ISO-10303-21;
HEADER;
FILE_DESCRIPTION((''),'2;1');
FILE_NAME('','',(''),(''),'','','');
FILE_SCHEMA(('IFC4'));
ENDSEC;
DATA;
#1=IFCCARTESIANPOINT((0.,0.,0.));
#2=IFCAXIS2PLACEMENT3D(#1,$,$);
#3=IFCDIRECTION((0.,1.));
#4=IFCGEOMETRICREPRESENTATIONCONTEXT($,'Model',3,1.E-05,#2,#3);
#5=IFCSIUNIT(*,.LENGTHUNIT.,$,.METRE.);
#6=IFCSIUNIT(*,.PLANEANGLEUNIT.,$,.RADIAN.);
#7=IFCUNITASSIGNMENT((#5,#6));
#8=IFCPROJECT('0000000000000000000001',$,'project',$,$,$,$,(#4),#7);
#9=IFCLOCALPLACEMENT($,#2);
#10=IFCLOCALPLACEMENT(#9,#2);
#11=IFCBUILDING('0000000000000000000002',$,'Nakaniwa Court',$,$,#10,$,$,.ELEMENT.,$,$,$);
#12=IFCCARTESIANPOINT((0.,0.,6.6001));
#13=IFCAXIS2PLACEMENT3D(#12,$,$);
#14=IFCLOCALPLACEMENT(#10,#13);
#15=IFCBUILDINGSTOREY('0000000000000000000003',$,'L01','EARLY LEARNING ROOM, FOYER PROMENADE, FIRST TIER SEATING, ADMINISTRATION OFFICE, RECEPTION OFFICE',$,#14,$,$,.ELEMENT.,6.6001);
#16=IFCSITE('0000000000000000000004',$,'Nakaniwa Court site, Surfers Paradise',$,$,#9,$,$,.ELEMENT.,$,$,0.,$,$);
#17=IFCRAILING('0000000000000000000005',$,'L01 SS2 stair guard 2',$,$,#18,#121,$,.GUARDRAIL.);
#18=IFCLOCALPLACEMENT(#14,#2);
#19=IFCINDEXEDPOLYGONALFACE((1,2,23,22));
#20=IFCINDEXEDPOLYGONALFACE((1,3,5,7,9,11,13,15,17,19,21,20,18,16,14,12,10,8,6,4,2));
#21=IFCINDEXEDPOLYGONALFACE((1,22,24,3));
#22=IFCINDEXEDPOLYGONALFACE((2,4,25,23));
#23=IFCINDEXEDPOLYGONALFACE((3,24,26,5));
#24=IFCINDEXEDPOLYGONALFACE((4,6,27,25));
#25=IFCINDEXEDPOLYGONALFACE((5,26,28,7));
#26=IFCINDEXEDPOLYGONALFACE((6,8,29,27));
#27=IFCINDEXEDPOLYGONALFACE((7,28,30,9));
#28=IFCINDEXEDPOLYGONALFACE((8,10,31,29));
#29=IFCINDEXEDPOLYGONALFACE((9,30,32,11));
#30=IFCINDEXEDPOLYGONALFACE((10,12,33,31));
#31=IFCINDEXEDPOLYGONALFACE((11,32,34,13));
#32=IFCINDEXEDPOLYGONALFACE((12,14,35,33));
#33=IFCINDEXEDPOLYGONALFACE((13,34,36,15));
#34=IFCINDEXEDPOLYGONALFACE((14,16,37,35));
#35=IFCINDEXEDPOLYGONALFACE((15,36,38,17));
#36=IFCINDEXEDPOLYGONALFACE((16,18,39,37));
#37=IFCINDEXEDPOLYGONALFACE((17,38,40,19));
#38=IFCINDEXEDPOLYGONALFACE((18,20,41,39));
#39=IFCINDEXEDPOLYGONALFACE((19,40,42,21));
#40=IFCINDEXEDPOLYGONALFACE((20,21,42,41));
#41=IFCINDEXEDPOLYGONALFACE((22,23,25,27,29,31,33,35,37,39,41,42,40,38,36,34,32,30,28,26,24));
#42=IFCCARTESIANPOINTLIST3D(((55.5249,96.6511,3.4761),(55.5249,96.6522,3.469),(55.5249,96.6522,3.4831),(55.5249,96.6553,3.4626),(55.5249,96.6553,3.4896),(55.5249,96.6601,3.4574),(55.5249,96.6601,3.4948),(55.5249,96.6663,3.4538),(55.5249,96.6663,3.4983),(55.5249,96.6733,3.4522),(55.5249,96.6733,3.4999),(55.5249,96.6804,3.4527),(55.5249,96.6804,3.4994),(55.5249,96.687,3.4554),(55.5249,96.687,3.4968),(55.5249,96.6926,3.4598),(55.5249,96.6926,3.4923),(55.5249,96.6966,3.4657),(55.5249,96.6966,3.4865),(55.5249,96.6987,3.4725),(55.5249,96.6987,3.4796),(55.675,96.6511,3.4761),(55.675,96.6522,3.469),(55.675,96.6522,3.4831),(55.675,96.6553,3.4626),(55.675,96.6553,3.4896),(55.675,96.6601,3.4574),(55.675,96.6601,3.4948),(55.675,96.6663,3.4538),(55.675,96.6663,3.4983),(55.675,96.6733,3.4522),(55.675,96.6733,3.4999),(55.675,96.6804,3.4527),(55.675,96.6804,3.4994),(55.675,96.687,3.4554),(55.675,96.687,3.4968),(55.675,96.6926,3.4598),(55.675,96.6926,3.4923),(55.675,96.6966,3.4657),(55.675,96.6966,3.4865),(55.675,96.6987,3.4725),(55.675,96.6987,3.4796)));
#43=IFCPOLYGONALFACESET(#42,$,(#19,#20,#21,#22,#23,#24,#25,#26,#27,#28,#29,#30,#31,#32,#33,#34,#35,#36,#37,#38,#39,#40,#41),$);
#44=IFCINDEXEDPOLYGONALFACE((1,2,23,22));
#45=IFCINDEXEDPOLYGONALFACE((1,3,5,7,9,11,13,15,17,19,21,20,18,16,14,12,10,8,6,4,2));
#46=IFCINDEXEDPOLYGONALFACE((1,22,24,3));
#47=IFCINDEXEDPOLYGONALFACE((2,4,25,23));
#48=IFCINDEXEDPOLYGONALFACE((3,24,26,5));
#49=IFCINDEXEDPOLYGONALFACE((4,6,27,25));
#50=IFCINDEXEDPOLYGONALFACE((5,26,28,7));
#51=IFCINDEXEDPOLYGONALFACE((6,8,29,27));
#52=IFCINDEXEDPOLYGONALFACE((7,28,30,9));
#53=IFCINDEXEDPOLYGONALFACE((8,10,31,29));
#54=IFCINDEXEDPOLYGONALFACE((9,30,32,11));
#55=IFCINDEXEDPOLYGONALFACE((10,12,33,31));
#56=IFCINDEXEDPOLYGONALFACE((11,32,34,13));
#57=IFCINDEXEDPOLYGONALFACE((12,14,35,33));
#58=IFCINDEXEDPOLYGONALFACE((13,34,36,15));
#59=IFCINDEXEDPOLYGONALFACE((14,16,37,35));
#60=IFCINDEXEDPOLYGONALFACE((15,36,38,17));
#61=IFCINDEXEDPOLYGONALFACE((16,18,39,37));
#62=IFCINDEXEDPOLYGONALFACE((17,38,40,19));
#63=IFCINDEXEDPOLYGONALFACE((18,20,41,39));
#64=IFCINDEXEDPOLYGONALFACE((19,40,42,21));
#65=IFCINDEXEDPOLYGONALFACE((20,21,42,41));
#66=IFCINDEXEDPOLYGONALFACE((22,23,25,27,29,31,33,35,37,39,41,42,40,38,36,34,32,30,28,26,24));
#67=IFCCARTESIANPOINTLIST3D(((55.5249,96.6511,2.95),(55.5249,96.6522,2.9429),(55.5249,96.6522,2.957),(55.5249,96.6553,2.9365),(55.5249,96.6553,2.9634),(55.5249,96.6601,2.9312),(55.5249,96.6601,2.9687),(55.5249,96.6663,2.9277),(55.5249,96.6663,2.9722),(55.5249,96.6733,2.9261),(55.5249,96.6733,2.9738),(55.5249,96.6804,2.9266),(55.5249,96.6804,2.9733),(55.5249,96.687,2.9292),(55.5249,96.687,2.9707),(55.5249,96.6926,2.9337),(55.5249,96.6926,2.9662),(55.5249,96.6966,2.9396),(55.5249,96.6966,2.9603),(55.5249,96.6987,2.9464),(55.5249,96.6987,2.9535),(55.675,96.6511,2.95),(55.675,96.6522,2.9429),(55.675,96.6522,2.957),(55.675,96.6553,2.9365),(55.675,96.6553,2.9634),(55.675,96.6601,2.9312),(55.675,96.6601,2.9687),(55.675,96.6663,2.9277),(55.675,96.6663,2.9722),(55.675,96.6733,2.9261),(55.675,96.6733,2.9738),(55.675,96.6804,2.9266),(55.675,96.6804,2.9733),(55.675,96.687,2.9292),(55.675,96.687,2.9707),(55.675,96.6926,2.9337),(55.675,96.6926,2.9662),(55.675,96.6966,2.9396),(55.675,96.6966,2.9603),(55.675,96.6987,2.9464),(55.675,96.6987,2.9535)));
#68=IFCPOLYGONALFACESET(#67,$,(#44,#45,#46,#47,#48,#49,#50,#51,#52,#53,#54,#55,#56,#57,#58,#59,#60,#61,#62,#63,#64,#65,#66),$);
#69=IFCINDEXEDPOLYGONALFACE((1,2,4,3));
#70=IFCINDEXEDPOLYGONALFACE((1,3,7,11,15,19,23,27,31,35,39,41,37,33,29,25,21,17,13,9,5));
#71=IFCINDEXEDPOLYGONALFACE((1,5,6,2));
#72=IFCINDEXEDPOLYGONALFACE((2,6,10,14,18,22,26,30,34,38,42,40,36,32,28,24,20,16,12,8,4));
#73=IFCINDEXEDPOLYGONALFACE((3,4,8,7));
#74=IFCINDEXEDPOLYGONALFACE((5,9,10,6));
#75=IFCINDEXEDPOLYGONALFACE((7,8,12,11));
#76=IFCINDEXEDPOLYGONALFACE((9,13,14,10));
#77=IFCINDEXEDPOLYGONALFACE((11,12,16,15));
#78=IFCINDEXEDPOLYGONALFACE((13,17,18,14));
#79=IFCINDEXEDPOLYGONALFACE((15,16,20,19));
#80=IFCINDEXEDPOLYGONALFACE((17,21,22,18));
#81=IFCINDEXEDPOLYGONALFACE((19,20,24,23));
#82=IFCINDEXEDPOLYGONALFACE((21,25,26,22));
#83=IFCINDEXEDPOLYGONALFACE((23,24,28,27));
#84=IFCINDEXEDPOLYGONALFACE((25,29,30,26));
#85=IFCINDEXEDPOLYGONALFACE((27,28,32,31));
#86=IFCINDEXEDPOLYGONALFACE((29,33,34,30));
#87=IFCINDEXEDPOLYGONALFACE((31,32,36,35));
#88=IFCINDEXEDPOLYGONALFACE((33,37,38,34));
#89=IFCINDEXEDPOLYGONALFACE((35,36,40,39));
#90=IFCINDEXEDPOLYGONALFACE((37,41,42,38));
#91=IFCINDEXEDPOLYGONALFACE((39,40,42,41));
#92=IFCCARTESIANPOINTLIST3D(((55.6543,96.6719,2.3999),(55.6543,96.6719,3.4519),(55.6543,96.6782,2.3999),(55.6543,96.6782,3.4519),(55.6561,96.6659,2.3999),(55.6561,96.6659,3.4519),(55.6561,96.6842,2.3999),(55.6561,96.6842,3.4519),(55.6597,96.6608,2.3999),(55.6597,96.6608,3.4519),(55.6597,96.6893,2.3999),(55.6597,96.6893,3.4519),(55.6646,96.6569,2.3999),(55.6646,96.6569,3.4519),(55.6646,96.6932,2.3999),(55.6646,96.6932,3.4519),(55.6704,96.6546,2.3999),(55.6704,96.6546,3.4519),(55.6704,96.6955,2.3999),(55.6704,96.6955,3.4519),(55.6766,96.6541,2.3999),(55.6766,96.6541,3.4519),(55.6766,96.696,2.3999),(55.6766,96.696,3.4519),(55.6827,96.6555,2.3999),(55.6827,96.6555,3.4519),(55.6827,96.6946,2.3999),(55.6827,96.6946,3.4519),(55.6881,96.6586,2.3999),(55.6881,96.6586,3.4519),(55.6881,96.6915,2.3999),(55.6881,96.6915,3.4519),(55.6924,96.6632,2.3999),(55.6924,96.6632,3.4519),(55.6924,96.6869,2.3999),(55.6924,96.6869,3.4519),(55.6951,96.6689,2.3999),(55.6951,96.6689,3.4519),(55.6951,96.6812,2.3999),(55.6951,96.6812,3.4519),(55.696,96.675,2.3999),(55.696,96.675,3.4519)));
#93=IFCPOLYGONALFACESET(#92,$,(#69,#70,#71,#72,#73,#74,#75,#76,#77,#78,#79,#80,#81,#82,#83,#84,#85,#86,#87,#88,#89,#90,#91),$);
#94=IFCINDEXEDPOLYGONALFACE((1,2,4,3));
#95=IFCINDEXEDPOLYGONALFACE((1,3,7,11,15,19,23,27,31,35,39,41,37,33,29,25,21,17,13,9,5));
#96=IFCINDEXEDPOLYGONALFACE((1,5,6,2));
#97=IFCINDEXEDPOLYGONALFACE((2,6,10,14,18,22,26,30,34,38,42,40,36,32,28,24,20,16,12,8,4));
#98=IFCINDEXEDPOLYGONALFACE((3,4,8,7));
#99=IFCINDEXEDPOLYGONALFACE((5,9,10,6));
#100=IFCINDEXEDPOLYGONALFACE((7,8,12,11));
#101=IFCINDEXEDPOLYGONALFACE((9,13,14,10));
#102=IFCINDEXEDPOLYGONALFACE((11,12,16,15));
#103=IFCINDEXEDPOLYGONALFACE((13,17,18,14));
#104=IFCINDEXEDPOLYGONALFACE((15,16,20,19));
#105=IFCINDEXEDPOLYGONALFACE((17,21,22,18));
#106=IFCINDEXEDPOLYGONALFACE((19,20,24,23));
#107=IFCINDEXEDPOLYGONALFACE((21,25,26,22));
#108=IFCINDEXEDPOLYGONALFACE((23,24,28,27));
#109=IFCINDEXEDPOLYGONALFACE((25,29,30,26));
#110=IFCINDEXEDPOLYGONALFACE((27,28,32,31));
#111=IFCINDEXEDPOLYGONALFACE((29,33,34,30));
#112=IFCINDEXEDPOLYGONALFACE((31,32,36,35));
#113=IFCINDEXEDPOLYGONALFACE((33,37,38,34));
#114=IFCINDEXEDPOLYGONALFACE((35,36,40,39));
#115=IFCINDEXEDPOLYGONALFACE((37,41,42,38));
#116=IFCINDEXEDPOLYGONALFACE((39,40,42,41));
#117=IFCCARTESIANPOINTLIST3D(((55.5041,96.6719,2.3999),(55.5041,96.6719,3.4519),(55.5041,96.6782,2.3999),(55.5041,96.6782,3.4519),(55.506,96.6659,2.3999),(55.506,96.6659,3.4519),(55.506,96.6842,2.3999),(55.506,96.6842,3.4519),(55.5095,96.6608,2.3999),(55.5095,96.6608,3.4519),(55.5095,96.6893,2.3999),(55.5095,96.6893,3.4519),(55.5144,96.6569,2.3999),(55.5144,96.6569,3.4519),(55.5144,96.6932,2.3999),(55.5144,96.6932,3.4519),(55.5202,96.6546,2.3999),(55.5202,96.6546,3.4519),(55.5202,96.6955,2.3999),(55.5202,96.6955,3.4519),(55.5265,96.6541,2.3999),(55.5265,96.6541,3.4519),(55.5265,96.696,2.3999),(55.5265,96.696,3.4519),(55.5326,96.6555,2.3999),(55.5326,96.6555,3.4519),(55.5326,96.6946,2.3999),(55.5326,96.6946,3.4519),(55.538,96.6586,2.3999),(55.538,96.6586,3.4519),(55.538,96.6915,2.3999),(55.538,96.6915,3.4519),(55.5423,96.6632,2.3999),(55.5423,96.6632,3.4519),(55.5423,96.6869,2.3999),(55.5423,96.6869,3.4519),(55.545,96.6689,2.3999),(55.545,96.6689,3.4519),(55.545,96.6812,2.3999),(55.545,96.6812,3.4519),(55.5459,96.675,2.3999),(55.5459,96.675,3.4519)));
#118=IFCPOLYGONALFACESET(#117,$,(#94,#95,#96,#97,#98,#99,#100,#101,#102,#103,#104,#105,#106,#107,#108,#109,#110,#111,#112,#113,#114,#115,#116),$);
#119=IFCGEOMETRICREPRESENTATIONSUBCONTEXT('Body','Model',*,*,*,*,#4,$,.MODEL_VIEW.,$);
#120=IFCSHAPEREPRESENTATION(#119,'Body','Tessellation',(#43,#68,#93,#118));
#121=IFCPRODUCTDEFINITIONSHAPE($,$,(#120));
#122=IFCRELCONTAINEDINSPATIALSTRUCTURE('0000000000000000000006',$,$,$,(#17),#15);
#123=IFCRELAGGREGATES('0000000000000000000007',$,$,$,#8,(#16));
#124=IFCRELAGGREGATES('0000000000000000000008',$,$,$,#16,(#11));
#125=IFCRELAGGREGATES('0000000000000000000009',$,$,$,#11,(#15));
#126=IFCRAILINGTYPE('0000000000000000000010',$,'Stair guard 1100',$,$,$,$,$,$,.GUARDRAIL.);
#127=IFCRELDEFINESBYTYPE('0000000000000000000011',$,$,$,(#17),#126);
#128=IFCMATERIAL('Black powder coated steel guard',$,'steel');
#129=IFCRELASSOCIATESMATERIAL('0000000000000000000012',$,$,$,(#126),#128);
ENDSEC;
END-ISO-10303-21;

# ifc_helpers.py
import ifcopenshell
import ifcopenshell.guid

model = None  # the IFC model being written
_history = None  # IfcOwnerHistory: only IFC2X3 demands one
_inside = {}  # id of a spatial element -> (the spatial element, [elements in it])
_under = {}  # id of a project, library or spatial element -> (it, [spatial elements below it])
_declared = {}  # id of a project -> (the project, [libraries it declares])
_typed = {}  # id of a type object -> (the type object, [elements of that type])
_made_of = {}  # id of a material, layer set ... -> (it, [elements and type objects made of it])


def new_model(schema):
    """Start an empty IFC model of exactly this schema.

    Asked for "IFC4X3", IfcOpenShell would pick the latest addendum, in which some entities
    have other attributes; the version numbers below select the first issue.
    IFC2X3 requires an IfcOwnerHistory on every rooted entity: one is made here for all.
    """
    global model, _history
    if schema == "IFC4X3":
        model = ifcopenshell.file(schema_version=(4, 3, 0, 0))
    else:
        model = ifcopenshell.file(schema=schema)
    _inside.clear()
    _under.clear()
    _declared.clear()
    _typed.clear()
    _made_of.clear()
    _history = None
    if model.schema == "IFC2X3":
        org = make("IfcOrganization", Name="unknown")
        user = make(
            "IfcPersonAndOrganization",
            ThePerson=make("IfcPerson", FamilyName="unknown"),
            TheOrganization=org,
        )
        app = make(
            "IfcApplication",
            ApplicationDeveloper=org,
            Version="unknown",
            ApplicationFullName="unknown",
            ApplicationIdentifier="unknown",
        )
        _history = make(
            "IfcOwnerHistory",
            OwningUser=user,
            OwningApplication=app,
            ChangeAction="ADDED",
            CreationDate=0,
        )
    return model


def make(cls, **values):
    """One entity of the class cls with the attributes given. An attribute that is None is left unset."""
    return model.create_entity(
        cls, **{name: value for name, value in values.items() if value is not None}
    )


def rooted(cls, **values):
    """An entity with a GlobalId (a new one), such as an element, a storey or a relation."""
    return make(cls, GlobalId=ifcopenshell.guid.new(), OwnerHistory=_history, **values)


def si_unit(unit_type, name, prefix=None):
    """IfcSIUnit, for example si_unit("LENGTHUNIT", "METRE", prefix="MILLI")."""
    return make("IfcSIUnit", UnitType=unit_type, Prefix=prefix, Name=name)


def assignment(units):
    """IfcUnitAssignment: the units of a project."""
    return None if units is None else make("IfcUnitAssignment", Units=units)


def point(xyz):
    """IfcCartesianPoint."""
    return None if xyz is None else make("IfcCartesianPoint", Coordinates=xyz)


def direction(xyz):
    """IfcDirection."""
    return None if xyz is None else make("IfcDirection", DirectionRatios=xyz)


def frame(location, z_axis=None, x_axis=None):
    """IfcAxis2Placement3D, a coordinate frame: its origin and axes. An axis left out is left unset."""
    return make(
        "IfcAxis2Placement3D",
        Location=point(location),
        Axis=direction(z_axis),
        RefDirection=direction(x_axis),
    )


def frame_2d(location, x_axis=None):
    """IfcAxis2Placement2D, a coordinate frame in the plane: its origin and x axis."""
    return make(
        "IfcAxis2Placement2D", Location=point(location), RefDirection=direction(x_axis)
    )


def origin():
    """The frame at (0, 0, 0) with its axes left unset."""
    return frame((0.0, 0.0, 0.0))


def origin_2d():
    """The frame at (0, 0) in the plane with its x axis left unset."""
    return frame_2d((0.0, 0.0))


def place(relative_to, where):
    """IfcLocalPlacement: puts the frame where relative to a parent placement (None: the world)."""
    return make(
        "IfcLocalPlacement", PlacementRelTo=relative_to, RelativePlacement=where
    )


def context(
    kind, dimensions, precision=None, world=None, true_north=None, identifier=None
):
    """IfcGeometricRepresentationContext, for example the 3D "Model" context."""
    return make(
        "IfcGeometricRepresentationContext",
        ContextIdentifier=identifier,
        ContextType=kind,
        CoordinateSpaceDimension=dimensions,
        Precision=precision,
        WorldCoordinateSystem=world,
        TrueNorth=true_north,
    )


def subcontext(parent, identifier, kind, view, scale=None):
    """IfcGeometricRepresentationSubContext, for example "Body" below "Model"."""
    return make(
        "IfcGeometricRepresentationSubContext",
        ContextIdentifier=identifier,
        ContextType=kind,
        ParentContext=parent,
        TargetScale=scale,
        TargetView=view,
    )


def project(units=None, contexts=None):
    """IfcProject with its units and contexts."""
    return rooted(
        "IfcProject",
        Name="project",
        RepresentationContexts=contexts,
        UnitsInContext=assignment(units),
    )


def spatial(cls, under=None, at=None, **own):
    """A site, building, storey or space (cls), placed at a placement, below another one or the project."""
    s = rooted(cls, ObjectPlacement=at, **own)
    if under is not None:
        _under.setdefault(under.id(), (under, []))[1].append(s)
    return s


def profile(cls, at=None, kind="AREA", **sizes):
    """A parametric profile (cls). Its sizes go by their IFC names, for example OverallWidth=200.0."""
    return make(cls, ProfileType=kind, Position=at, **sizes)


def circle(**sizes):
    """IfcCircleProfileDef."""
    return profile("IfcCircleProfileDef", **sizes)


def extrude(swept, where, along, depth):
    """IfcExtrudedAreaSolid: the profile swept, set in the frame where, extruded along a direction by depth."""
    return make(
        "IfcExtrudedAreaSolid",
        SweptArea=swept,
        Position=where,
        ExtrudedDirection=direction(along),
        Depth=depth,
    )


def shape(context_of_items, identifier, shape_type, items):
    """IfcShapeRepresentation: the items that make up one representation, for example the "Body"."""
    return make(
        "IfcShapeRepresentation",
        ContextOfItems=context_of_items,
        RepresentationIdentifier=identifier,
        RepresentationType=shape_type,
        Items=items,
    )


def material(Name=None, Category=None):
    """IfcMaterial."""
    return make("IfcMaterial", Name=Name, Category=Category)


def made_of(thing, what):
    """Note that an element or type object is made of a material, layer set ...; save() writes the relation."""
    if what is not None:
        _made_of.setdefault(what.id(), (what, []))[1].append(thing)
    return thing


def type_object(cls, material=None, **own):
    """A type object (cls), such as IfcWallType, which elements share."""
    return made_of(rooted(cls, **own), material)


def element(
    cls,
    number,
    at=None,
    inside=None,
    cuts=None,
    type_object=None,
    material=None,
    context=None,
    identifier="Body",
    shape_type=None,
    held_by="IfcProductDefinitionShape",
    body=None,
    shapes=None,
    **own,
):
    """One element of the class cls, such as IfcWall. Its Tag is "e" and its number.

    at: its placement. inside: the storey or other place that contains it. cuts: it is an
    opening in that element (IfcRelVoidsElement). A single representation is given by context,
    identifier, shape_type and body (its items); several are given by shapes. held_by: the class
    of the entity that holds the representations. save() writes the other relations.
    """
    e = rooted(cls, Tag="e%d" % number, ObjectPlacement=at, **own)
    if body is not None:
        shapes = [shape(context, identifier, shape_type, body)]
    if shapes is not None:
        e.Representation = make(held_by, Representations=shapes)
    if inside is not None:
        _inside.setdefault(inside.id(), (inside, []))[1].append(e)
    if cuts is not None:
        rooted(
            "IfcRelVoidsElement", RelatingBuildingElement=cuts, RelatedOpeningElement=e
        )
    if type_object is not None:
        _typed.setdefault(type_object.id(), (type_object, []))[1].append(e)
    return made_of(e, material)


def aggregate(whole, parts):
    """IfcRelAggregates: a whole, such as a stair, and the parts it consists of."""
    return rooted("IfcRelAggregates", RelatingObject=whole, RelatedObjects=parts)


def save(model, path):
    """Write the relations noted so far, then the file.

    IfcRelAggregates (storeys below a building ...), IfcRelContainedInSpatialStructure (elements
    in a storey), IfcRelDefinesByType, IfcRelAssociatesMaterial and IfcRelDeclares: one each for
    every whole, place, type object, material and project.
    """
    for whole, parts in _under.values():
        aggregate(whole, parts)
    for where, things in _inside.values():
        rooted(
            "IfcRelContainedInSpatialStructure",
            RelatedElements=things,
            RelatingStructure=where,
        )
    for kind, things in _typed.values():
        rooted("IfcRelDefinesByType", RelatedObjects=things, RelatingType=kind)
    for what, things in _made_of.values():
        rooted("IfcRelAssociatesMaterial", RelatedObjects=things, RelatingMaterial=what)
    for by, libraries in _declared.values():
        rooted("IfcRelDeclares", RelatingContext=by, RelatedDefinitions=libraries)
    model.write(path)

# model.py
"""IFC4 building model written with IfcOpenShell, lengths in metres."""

from ifc_helpers import new_model, si_unit, direction, frame, origin, origin_2d, place, context, subcontext, project, spatial, circle, extrude, material, type_object, element, save


model = new_model("IFC4")

# Units and contexts
model_context = context("Model", 3, precision=1e-05, world=origin(), true_north=direction((0.0, 1.0)))
body_context = subcontext(model_context, "Body", "Model", "MODEL_VIEW")
ifc_project = project(units=[si_unit("LENGTHUNIT", "METRE"), si_unit("PLANEANGLEUNIT", "RADIAN")], contexts=[model_context])

# Site, building, storey
site_placement = place(None, origin())
site = spatial("IfcSite", under=ifc_project, at=site_placement, Name="Nakaniwa Court site, Surfers Paradise", CompositionType="ELEMENT", RefElevation=0.0)
building_placement = place(site_placement, origin())
building = spatial("IfcBuilding", under=site, at=building_placement, Name="Nakaniwa Court", CompositionType="ELEMENT")
storey_placement = place(building_placement, frame((0.0, 0.0, 6.6001)))
storey = spatial("IfcBuildingStorey", under=building, at=storey_placement, Name="L01", Description="EARLY LEARNING ROOM, FOYER PROMENADE, FIRST TIER SEATING, ADMINISTRATION OFFICE, RECEPTION OFFICE", CompositionType="ELEMENT", Elevation=6.6001)

# Railing
ifc_material_1 = material(Name="Black powder coated steel guard", Category="steel")
railing_type_1 = type_object("IfcRailingType", Name="Stair guard 1100", PredefinedType="GUARDRAIL", material=ifc_material_1)
railing_1_placement = place(storey_placement, frame((55.675, 96.675, 2.3999)))
element("IfcRailing", 1, at=railing_1_placement, inside=storey, type_object=railing_type_1, Name="L01 SS2 stair guard 2", PredefinedType="GUARDRAIL", context=body_context, shape_type="SweptSolid", body=[
    extrude(circle(Radius=0.0239, at=origin_2d()), frame((0.0, 0.0, 1.0762), z_axis=(-1.0, 0.0, 0.0), x_axis=(0.0, -1.0, 0.0)), (0.0, 0.0, 1.0), 0.1501),
    extrude(circle(Radius=0.0239, at=origin_2d()), frame((0.0, 0.0, 0.55), z_axis=(-1.0, 0.0, 0.0), x_axis=(0.0, -1.0, 0.0)), (0.0, 0.0, 1.0), 0.1501),
    extrude(circle(Radius=0.021, at=origin_2d()), origin(), (0.0, 0.0, 1.0), 1.052),
    extrude(circle(Radius=0.021, at=origin_2d()), frame((-0.1501, 0.0, 0.0)), (0.0, 0.0, 1.0), 1.052),
])

save(model, "model.ifc")
